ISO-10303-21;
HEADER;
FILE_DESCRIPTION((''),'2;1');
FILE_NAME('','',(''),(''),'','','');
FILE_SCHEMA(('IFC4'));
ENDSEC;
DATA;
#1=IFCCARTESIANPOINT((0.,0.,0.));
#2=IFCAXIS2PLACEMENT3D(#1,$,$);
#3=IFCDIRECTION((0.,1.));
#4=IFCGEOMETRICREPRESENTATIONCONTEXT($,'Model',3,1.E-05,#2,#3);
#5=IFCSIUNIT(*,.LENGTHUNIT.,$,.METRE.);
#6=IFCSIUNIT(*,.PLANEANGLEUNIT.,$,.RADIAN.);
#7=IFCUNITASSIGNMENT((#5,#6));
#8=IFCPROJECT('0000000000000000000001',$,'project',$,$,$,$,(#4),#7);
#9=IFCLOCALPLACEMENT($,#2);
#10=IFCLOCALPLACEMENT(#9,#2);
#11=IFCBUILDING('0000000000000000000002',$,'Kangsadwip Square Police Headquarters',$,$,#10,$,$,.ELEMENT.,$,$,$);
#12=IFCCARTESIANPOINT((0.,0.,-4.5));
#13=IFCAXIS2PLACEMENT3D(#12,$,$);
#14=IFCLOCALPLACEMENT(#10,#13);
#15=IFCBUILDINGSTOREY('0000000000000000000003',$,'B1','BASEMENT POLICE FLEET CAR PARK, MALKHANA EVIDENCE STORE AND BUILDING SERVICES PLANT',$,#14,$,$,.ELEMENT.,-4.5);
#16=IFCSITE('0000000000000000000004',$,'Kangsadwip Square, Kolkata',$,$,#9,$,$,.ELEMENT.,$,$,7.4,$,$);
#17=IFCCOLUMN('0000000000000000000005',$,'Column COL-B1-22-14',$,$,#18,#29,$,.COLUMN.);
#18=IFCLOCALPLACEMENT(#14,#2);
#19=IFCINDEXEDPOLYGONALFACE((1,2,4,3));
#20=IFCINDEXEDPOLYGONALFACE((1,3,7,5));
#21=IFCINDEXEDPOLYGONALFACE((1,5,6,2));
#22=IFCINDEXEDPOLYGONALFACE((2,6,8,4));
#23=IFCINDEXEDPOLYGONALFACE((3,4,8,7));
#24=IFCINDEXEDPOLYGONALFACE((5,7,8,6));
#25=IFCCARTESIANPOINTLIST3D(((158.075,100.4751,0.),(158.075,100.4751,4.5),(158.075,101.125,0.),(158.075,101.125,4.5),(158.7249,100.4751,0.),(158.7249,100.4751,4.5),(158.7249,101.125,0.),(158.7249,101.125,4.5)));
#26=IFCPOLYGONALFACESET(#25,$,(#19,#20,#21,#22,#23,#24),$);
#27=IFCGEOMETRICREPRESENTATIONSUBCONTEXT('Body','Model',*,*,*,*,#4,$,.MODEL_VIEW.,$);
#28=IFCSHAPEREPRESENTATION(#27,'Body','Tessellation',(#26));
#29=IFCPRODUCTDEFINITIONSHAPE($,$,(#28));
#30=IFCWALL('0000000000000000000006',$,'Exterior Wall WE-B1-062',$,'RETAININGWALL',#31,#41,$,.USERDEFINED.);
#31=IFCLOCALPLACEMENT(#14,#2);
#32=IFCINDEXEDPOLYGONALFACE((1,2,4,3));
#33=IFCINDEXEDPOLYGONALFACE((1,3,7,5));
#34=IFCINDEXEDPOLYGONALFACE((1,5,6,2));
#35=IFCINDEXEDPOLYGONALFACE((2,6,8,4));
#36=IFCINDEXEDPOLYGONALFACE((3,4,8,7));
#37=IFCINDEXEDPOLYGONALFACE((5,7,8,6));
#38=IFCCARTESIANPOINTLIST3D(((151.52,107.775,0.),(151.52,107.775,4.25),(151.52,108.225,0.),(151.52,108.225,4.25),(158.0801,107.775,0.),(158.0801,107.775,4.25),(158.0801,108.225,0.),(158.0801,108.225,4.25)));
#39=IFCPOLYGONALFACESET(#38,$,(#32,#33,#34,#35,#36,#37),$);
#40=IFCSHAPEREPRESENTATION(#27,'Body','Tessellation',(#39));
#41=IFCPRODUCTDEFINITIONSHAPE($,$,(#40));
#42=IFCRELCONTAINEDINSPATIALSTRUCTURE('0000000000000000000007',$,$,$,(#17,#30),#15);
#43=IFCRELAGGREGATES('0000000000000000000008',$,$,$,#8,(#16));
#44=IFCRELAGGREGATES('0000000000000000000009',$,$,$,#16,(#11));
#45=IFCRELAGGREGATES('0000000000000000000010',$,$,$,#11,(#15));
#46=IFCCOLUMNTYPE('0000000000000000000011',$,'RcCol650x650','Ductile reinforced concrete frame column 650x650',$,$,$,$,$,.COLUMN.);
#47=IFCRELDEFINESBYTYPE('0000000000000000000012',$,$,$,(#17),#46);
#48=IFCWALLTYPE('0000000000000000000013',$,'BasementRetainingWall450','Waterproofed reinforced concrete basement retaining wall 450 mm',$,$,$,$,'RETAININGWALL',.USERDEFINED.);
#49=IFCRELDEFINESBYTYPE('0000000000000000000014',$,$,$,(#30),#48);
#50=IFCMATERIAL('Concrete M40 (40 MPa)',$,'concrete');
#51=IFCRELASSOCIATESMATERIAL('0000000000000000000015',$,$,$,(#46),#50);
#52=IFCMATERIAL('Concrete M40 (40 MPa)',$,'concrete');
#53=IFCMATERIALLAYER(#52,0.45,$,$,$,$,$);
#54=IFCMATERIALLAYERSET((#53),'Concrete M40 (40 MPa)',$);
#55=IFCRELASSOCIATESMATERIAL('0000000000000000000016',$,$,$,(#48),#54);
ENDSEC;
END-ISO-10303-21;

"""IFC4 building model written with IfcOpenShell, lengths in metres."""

from ifc_helpers import new_model, si_unit, direction, frame, frame_2d, origin, origin_2d, place, context, subcontext, project, spatial, rectangle, extrude, material, layer, layer_set, material_profile, profile_set, type_object, element, save


model = new_model("IFC4")

# Units and contexts
model_context = context("Model", 3, precision=1e-05, world=origin(), true_north=direction((0.0, 1.0)))
body_context = subcontext(model_context, "Body", "Model", "MODEL_VIEW")
ifc_project = project(units=[si_unit("LENGTHUNIT", "METRE"), si_unit("PLANEANGLEUNIT", "RADIAN")], contexts=[model_context])

# Site, building, storey
site_placement = place(None, origin())
site = spatial("IfcSite", under=ifc_project, at=site_placement, Name="Kangsadwip Square, Kolkata", CompositionType="ELEMENT", RefElevation=7.4)
building_placement = place(site_placement, origin())
building = spatial("IfcBuilding", under=site, at=building_placement, Name="Kangsadwip Square Police Headquarters", CompositionType="ELEMENT")
storey_placement = place(building_placement, frame((0.0, 0.0, -4.5)))
storey = spatial("IfcBuildingStorey", under=building, at=storey_placement, Name="B1", Description="BASEMENT POLICE FLEET CAR PARK, MALKHANA EVIDENCE STORE AND BUILDING SERVICES PLANT", CompositionType="ELEMENT", Elevation=-4.5)

# Column
ifc_material_1 = material(Name="Concrete M40 (40 MPa)", Category="concrete")
ifc_material_profile_1 = material_profile(ifc_material_1, rectangle(XDim=0.6499, YDim=0.6499, at=origin_2d()), Name="RC COL 650X650")
ifc_profile_set_1 = profile_set([ifc_material_profile_1], Name="Concrete M40 (40 MPa)")
column_type = type_object("IfcColumnType", Name="RcCol650x650", Description="Ductile reinforced concrete frame column 650x650", PredefinedType="COLUMN", material=ifc_profile_set_1)
for number, where, z_axis, x_axis, name in (
    (1, (158.3999, 100.8, 0.0), (0.0, 0.0, 1.0), (1.0, 0.0, 0.0), "Column COL-B1-22-14"),
):
    element("IfcColumn", number, at=place(storey_placement, frame(where, z_axis=z_axis, x_axis=x_axis)), inside=storey, type_object=column_type, Name=name, PredefinedType="COLUMN", context=body_context, shape_type="SweptSolid", body=[
        extrude(rectangle(XDim=0.6499, YDim=0.6499, at=origin_2d()), origin(), (0.0, 0.0, 1.0), 4.5),
    ])

# Wall
ifc_material_2 = material(Name="Concrete M40 (40 MPa)", Category="concrete")
ifc_layer = layer(ifc_material_2, 0.45)
ifc_layer_set = layer_set([ifc_layer], Name="Concrete M40 (40 MPa)")
wall_type = type_object("IfcWallType", Name="BasementRetainingWall450", Description="Waterproofed reinforced concrete basement retaining wall 450 mm", ElementType="RETAININGWALL", PredefinedType="USERDEFINED", material=ifc_layer_set)
wall_placement = place(storey_placement, frame((151.52, 108.0, 0.0), z_axis=(0.0, 0.0, 1.0), x_axis=(1.0, 0.0, 0.0)))
element("IfcWall", 2, at=wall_placement, inside=storey, type_object=wall_type, Name="Exterior Wall WE-B1-062", ObjectType="RETAININGWALL", PredefinedType="USERDEFINED", context=body_context, shape_type="SweptSolid", body=[
    extrude(rectangle(XDim=6.5601, YDim=0.45, at=frame_2d((3.28, 0.0))), origin(), (0.0, 0.0, 1.0), 4.25),
])

save(model, "model.ifc")
